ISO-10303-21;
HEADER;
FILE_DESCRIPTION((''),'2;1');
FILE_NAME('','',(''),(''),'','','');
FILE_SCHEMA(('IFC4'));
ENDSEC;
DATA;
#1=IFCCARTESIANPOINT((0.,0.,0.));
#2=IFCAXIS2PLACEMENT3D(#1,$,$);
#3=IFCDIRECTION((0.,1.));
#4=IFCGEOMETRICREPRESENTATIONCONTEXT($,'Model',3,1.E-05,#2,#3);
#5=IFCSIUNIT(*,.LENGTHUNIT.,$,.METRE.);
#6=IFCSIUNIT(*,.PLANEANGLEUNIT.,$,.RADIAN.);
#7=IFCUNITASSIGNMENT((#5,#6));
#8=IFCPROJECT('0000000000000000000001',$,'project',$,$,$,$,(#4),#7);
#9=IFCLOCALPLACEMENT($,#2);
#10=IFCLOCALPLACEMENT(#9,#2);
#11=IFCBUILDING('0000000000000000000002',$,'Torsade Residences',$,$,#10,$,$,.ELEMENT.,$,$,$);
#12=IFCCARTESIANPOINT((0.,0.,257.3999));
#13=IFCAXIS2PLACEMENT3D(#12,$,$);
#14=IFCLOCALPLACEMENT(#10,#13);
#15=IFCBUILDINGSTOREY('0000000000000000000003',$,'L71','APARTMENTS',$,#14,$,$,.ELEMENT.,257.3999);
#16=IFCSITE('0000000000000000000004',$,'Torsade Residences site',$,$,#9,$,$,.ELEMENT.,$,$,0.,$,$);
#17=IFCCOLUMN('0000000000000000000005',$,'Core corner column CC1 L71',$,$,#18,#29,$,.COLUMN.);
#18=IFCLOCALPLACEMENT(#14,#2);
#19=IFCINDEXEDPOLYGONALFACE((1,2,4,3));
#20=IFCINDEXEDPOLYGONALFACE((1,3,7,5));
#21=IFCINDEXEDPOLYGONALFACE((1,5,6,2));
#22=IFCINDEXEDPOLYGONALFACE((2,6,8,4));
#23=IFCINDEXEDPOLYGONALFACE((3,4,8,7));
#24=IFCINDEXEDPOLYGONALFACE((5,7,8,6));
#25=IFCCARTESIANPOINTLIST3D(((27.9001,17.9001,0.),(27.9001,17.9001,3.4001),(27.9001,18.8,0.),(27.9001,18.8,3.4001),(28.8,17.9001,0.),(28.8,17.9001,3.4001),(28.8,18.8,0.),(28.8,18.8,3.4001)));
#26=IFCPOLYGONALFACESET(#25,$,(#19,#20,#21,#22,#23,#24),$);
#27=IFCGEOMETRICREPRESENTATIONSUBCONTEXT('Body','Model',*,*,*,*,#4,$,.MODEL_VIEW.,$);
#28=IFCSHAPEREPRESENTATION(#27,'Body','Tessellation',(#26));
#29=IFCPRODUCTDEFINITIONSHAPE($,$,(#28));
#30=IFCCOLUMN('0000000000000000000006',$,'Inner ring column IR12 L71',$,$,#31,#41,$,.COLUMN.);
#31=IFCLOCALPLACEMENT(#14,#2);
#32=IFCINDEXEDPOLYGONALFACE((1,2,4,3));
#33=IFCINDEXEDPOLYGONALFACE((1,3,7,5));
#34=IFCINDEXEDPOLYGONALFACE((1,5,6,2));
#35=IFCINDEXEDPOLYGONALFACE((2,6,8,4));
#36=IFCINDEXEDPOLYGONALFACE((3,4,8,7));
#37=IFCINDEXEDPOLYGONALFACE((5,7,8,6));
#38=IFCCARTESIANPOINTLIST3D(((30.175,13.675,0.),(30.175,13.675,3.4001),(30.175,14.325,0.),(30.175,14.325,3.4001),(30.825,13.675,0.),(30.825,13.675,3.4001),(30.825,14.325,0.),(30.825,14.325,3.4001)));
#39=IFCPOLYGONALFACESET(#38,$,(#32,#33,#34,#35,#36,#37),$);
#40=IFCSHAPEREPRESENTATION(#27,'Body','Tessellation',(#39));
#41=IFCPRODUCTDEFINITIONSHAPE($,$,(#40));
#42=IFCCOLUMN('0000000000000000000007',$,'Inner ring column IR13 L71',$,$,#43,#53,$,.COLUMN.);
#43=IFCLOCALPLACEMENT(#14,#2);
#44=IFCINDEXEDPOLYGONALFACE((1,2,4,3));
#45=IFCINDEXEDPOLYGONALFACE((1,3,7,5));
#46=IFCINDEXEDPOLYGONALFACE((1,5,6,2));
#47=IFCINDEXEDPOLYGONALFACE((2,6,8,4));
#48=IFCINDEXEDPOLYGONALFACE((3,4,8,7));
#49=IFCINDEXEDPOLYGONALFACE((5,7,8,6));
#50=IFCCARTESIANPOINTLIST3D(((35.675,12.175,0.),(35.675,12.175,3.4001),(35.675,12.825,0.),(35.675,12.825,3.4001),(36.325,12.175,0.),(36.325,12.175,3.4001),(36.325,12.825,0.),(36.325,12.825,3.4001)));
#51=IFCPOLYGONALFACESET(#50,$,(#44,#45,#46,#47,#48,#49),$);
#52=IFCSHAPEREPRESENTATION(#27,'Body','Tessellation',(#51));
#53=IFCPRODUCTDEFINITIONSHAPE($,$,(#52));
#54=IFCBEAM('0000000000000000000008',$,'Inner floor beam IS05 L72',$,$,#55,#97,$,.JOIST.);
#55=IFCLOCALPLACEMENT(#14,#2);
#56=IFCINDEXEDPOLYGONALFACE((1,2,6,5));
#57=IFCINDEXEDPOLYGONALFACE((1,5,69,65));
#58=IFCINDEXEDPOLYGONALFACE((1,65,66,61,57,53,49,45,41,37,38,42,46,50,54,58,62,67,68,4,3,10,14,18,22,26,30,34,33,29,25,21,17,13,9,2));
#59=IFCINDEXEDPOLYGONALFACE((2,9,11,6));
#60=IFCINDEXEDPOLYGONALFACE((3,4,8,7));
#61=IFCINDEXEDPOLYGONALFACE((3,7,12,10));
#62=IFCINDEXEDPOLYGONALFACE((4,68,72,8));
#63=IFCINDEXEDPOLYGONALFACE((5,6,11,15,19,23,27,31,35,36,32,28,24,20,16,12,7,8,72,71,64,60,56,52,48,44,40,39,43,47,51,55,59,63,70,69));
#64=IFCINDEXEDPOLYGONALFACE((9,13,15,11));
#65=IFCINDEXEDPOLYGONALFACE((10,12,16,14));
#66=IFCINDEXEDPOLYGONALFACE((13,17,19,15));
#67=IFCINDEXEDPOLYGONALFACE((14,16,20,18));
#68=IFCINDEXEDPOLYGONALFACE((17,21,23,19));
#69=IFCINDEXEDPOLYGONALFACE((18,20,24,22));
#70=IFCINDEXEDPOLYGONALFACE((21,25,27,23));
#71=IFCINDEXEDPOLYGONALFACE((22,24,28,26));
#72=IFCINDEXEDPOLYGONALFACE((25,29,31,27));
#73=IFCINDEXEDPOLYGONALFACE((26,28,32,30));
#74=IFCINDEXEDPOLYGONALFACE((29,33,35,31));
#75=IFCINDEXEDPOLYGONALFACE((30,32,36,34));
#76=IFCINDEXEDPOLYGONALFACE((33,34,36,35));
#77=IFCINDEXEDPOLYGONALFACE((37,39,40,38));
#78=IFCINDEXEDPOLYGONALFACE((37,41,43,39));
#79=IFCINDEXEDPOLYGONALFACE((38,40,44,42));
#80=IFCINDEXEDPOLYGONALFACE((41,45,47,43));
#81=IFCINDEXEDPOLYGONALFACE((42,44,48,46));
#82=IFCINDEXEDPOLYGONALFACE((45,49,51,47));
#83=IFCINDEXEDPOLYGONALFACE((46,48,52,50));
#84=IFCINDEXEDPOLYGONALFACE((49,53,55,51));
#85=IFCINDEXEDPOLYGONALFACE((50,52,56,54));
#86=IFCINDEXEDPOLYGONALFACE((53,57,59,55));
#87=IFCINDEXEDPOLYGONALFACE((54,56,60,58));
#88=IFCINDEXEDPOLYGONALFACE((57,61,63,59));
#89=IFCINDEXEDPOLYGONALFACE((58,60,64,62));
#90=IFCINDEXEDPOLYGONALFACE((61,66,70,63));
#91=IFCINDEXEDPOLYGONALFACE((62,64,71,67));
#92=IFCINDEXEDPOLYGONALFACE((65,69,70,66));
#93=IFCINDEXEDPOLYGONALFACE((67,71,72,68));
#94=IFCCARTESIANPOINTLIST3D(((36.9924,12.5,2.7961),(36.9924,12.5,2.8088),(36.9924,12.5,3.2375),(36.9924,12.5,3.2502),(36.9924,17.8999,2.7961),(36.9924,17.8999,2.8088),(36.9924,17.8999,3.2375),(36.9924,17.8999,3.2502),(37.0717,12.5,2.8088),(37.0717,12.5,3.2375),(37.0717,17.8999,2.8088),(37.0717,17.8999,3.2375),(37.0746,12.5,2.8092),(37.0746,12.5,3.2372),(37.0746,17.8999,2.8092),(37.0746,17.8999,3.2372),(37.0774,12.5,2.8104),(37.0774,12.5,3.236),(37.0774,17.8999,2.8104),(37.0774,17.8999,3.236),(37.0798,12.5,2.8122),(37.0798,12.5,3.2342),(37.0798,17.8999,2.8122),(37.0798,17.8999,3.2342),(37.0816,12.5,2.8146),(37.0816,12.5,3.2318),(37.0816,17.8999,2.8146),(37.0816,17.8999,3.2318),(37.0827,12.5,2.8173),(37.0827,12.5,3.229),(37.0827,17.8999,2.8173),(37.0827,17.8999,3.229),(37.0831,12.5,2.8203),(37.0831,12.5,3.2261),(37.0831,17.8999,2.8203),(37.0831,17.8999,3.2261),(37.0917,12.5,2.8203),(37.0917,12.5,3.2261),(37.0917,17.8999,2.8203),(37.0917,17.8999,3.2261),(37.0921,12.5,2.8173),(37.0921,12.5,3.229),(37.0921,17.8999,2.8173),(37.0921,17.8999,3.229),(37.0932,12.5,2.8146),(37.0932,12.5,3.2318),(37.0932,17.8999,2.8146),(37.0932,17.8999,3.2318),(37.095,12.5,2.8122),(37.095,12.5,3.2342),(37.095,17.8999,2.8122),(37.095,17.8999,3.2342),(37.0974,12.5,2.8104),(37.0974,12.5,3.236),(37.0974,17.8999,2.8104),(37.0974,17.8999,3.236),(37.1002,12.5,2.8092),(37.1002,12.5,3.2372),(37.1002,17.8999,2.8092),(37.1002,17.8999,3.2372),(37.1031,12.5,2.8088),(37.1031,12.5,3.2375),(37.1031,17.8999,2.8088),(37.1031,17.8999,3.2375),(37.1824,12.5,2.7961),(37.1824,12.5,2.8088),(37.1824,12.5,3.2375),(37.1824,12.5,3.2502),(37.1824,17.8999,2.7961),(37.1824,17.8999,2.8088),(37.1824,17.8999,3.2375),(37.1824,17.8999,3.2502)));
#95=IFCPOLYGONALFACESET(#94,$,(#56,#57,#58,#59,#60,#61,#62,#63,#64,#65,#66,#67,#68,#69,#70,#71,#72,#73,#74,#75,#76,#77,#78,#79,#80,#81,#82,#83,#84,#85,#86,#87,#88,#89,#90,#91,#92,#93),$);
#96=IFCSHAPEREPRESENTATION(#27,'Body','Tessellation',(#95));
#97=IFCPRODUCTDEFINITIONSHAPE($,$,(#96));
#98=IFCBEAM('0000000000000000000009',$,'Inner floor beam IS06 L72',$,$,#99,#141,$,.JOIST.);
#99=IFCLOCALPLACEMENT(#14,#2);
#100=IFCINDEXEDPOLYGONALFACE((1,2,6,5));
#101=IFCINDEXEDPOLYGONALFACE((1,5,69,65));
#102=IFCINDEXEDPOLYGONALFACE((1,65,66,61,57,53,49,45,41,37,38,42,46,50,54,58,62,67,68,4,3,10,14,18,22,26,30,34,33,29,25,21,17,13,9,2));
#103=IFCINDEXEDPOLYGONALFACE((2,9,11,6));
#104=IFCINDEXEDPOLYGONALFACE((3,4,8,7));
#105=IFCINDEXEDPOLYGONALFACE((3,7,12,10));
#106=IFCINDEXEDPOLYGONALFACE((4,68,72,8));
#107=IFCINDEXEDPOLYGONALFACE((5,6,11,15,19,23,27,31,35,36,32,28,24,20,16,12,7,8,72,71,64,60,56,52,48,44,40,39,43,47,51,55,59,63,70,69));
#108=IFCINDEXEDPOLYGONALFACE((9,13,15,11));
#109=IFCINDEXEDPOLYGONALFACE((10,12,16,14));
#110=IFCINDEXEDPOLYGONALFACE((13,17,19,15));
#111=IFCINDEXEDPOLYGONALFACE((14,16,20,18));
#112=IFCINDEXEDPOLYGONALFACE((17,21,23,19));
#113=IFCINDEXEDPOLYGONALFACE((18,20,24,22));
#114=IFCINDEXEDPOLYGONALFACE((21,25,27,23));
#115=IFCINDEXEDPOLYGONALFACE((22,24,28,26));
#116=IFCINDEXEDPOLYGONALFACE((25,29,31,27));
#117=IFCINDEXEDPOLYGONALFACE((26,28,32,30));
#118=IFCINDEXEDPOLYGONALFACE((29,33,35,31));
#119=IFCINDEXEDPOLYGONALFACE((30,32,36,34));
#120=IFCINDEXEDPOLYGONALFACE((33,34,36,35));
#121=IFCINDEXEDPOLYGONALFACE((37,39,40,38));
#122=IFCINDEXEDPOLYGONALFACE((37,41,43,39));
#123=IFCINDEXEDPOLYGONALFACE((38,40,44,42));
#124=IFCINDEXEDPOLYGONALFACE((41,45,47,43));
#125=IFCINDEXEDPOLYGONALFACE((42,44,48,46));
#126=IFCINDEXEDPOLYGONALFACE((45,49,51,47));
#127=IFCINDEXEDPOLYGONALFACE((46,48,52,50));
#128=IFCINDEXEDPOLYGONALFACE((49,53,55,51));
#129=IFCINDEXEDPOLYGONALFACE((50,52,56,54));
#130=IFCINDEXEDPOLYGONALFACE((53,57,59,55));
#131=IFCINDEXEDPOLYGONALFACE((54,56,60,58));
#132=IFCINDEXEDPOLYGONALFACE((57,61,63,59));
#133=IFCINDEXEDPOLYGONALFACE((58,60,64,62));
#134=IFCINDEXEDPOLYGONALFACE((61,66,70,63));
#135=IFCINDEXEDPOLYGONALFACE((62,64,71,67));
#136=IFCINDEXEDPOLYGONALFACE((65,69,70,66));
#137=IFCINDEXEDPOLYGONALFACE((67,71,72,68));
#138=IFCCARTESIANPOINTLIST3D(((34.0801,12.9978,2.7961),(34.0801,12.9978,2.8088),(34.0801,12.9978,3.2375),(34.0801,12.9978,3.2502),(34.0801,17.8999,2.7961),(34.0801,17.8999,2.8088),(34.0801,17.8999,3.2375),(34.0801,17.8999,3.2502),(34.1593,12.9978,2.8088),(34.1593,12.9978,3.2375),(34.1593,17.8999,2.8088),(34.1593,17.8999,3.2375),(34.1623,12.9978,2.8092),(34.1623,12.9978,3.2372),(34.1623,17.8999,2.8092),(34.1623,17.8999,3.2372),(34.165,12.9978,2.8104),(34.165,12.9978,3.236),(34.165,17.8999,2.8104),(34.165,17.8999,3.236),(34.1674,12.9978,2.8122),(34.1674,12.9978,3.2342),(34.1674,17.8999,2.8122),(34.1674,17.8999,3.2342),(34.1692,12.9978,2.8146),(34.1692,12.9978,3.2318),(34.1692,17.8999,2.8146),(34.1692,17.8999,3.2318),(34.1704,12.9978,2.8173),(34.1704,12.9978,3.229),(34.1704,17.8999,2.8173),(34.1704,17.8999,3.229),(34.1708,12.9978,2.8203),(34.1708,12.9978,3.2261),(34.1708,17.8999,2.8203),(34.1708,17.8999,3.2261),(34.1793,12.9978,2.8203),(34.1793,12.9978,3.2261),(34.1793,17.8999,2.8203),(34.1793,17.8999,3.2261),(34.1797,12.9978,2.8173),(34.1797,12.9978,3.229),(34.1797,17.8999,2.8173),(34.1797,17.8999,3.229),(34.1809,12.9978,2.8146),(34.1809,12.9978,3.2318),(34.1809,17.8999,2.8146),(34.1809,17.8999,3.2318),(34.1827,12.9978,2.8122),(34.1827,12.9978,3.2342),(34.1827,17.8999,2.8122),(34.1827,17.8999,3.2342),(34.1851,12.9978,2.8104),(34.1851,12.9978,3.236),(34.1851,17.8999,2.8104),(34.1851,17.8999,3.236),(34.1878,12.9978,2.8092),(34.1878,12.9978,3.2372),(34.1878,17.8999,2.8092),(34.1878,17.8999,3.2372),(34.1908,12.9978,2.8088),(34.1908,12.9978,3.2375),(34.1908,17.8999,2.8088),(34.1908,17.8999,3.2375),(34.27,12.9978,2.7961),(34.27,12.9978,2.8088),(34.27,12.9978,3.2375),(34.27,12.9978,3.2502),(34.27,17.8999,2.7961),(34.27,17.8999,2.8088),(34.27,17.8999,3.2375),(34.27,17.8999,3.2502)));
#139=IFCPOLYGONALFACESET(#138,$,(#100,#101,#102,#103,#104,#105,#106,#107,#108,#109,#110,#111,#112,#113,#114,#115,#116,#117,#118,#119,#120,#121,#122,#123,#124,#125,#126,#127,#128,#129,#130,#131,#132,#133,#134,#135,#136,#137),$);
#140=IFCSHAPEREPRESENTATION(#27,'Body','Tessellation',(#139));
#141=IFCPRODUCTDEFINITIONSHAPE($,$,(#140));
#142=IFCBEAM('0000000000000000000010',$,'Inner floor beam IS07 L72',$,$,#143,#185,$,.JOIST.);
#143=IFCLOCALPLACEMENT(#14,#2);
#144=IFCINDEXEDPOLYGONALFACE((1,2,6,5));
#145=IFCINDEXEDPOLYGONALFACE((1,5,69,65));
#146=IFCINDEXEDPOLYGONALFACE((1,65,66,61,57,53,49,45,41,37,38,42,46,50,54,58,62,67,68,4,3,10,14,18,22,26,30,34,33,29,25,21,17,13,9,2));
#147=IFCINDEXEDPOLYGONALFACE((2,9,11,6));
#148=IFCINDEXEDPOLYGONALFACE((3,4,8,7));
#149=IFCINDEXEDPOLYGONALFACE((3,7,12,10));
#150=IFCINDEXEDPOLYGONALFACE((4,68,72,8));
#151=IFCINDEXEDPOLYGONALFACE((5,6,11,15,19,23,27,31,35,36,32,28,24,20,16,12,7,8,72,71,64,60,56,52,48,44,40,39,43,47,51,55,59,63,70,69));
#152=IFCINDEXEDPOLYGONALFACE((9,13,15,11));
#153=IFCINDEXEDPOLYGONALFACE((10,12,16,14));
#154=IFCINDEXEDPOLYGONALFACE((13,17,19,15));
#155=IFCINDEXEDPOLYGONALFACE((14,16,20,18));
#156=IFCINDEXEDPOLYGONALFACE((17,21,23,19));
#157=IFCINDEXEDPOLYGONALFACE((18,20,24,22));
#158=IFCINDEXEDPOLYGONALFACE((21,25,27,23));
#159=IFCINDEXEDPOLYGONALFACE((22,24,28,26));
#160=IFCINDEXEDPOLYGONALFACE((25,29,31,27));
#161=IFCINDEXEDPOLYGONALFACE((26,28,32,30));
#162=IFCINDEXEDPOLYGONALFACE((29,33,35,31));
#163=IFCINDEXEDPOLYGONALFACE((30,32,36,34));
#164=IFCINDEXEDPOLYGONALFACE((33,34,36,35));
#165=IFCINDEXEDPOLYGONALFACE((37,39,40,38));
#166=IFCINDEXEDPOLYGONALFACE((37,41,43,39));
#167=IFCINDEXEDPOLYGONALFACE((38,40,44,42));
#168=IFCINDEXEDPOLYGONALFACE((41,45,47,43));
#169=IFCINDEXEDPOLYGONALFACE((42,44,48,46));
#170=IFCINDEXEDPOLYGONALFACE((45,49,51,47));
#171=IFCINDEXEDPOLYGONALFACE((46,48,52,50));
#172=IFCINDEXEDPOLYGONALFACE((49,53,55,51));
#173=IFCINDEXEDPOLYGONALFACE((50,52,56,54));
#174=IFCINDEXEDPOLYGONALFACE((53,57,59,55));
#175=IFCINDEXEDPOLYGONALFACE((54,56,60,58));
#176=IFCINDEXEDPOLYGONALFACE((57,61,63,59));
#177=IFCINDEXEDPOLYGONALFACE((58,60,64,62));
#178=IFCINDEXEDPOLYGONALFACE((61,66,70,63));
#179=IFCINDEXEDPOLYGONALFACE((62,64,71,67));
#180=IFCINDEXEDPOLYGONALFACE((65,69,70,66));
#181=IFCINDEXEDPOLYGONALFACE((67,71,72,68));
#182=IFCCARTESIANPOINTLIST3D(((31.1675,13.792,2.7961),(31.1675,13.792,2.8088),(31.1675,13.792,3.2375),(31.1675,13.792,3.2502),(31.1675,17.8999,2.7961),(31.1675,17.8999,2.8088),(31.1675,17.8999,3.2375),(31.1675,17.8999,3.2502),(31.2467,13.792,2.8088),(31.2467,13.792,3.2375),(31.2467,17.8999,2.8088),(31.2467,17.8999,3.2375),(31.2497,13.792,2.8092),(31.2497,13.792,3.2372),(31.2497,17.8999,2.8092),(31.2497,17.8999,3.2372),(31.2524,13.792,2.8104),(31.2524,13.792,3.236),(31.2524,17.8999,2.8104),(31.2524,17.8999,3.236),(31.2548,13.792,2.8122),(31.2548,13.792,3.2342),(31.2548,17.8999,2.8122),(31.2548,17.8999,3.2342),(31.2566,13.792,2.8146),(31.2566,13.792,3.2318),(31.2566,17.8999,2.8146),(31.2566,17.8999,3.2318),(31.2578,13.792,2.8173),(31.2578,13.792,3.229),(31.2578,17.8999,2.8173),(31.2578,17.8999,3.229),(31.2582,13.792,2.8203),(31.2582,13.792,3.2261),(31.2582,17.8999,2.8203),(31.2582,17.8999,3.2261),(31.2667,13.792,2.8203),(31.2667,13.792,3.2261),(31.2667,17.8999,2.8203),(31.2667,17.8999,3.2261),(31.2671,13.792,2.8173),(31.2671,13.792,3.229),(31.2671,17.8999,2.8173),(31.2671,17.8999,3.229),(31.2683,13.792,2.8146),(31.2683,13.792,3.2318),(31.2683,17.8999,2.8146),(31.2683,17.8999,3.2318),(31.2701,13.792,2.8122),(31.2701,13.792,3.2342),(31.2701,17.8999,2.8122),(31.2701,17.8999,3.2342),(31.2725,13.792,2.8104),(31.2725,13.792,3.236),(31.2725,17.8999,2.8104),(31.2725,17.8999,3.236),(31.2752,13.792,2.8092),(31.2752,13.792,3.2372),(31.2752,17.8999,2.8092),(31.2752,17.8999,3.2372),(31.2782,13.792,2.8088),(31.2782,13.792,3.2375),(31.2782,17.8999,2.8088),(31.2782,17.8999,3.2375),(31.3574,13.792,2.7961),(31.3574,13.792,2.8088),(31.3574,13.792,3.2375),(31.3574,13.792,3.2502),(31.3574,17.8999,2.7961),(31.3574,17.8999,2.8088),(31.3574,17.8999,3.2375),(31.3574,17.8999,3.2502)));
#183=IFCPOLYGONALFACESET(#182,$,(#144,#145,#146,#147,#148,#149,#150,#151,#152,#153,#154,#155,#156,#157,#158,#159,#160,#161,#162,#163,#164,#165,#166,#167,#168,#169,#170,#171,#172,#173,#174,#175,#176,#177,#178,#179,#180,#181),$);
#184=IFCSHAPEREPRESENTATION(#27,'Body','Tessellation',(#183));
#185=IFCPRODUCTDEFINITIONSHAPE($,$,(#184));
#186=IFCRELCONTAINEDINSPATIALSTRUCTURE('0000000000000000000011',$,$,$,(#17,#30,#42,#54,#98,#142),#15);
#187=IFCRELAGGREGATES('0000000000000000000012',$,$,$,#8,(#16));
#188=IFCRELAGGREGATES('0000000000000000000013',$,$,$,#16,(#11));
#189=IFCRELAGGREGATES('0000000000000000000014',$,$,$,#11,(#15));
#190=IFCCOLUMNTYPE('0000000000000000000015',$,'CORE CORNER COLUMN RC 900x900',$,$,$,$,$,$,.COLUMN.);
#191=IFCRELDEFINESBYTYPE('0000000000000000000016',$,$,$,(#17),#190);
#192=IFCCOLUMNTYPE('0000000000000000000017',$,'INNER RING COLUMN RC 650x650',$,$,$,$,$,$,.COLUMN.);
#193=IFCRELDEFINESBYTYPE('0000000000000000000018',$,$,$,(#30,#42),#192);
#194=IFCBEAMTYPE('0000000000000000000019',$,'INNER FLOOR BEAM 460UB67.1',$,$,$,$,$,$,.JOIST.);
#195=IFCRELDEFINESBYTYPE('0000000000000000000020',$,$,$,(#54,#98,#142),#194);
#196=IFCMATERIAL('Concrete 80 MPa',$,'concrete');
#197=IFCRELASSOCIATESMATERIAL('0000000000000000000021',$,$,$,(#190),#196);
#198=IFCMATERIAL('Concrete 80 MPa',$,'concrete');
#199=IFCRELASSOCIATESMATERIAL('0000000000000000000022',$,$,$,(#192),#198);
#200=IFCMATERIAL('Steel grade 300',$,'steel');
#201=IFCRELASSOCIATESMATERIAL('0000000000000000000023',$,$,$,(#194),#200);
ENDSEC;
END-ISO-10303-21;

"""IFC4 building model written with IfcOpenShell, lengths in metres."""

from ifc_helpers import new_model, si_unit, direction, frame, origin, origin_2d, place, context, subcontext, project, spatial, rectangle, i_section, extrude, material, material_profile, profile_set, type_object, element, save


model = new_model("IFC4")

# Units and contexts
model_context = context("Model", 3, precision=1e-05, world=origin(), true_north=direction((0.0, 1.0)))
body_context = subcontext(model_context, "Body", "Model", "MODEL_VIEW")
ifc_project = project(units=[si_unit("LENGTHUNIT", "METRE"), si_unit("PLANEANGLEUNIT", "RADIAN")], contexts=[model_context])

# Site, building, storey
site_placement = place(None, origin())
site = spatial("IfcSite", under=ifc_project, at=site_placement, Name="Torsade Residences site", CompositionType="ELEMENT", RefElevation=0.0)
building_placement = place(site_placement, origin())
building = spatial("IfcBuilding", under=site, at=building_placement, Name="Torsade Residences", CompositionType="ELEMENT")
storey_placement = place(building_placement, frame((0.0, 0.0, 257.3999)))
storey = spatial("IfcBuildingStorey", under=building, at=storey_placement, Name="L71", Description="APARTMENTS", CompositionType="ELEMENT", Elevation=257.3999)

# Columns
ifc_material_1 = material(Name="Concrete 80 MPa", Category="concrete")
ifc_material_profile_1 = material_profile(ifc_material_1, rectangle(XDim=0.8999, YDim=0.8999, at=origin_2d()), Name="RC 900x900")
ifc_profile_set_1 = profile_set([ifc_material_profile_1], Name="Concrete 80 MPa")
column_type_1 = type_object("IfcColumnType", Name="CORE CORNER COLUMN RC 900x900", PredefinedType="COLUMN", material=ifc_profile_set_1)
column_placement = place(storey_placement, frame((28.3501, 18.3501, 0.0), z_axis=(0.0, 0.0, 1.0), x_axis=(1.0, 0.0, 0.0)))
element("IfcColumn", 1, at=column_placement, inside=storey, type_object=column_type_1, Name="Core corner column CC1 L71", PredefinedType="COLUMN", context=body_context, shape_type="SweptSolid", body=[
    extrude(rectangle(XDim=0.8999, YDim=0.8999, at=origin_2d()), origin(), (0.0, 0.0, 1.0), 3.4001),
])
ifc_material_2 = material(Name="Concrete 80 MPa", Category="concrete")
ifc_material_profile_2 = material_profile(ifc_material_2, rectangle(XDim=0.6499, YDim=0.6499, at=origin_2d()), Name="RC 650x650")
ifc_profile_set_2 = profile_set([ifc_material_profile_2], Name="Concrete 80 MPa")
column_type_2 = type_object("IfcColumnType", Name="INNER RING COLUMN RC 650x650", PredefinedType="COLUMN", material=ifc_profile_set_2)
for number, where, z_axis, x_axis, name in (
    (2, (30.5, 14.0, 0.0), (0.0, 0.0, 1.0), (1.0, 0.0, 0.0), "Inner ring column IR12 L71"),
    (3, (36.0, 12.5, 0.0), (0.0, 0.0, 1.0), (1.0, 0.0, 0.0), "Inner ring column IR13 L71"),
):
    element("IfcColumn", number, at=place(storey_placement, frame(where, z_axis=z_axis, x_axis=x_axis)), inside=storey, type_object=column_type_2, Name=name, PredefinedType="COLUMN", context=body_context, shape_type="SweptSolid", body=[
        extrude(rectangle(XDim=0.6499, YDim=0.6499, at=origin_2d()), origin(), (0.0, 0.0, 1.0), 3.4001),
    ])

# Beams
ifc_material_3 = material(Name="Steel grade 300", Category="steel")
ifc_material_profile_3 = material_profile(ifc_material_3, i_section(OverallWidth=0.1899, OverallDepth=0.4541, WebThickness=0.0085, FlangeThickness=0.0127, FilletRadius=0.0115, at=origin_2d()), Name="460UB67.1")
ifc_profile_set_3 = profile_set([ifc_material_profile_3], Name="Steel grade 300")
beam_type_1 = type_object("IfcBeamType", Name="INNER FLOOR BEAM 460UB67.1", PredefinedType="JOIST", material=ifc_profile_set_3)
beam_1_placement = place(storey_placement, frame((37.0874, 17.8999, 3.0232), z_axis=(0.0, -1.0, 0.0), x_axis=(1.0, 0.0, 0.0)))
element("IfcBeam", 4, at=beam_1_placement, inside=storey, type_object=beam_type_1, Name="Inner floor beam IS05 L72", PredefinedType="JOIST", context=body_context, shape_type="SweptSolid", body=[
    extrude(i_section(OverallWidth=0.1899, OverallDepth=0.4541, WebThickness=0.0085, FlangeThickness=0.0127, FilletRadius=0.0115, at=origin_2d()), origin(), (0.0, 0.0, 1.0), 5.3999),
])
beam_2_placement = place(storey_placement, frame((34.175, 17.8999, 3.0232), z_axis=(0.0, -1.0, 0.0), x_axis=(1.0, 0.0, 0.0)))
element("IfcBeam", 5, at=beam_2_placement, inside=storey, type_object=beam_type_1, Name="Inner floor beam IS06 L72", PredefinedType="JOIST", context=body_context, shape_type="SweptSolid", body=[
    extrude(i_section(OverallWidth=0.1899, OverallDepth=0.4541, WebThickness=0.0085, FlangeThickness=0.0127, FilletRadius=0.0115, at=origin_2d()), origin(), (0.0, 0.0, 1.0), 4.9021),
])
beam_3_placement = place(storey_placement, frame((31.2625, 17.8999, 3.0232), z_axis=(0.0, -1.0, 0.0), x_axis=(1.0, 0.0, 0.0)))
element("IfcBeam", 6, at=beam_3_placement, inside=storey, type_object=beam_type_1, Name="Inner floor beam IS07 L72", PredefinedType="JOIST", context=body_context, shape_type="SweptSolid", body=[
    extrude(i_section(OverallWidth=0.1899, OverallDepth=0.4541, WebThickness=0.0085, FlangeThickness=0.0127, FilletRadius=0.0115, at=origin_2d()), origin(), (0.0, 0.0, 1.0), 4.1079),
])

save(model, "model.ifc")
